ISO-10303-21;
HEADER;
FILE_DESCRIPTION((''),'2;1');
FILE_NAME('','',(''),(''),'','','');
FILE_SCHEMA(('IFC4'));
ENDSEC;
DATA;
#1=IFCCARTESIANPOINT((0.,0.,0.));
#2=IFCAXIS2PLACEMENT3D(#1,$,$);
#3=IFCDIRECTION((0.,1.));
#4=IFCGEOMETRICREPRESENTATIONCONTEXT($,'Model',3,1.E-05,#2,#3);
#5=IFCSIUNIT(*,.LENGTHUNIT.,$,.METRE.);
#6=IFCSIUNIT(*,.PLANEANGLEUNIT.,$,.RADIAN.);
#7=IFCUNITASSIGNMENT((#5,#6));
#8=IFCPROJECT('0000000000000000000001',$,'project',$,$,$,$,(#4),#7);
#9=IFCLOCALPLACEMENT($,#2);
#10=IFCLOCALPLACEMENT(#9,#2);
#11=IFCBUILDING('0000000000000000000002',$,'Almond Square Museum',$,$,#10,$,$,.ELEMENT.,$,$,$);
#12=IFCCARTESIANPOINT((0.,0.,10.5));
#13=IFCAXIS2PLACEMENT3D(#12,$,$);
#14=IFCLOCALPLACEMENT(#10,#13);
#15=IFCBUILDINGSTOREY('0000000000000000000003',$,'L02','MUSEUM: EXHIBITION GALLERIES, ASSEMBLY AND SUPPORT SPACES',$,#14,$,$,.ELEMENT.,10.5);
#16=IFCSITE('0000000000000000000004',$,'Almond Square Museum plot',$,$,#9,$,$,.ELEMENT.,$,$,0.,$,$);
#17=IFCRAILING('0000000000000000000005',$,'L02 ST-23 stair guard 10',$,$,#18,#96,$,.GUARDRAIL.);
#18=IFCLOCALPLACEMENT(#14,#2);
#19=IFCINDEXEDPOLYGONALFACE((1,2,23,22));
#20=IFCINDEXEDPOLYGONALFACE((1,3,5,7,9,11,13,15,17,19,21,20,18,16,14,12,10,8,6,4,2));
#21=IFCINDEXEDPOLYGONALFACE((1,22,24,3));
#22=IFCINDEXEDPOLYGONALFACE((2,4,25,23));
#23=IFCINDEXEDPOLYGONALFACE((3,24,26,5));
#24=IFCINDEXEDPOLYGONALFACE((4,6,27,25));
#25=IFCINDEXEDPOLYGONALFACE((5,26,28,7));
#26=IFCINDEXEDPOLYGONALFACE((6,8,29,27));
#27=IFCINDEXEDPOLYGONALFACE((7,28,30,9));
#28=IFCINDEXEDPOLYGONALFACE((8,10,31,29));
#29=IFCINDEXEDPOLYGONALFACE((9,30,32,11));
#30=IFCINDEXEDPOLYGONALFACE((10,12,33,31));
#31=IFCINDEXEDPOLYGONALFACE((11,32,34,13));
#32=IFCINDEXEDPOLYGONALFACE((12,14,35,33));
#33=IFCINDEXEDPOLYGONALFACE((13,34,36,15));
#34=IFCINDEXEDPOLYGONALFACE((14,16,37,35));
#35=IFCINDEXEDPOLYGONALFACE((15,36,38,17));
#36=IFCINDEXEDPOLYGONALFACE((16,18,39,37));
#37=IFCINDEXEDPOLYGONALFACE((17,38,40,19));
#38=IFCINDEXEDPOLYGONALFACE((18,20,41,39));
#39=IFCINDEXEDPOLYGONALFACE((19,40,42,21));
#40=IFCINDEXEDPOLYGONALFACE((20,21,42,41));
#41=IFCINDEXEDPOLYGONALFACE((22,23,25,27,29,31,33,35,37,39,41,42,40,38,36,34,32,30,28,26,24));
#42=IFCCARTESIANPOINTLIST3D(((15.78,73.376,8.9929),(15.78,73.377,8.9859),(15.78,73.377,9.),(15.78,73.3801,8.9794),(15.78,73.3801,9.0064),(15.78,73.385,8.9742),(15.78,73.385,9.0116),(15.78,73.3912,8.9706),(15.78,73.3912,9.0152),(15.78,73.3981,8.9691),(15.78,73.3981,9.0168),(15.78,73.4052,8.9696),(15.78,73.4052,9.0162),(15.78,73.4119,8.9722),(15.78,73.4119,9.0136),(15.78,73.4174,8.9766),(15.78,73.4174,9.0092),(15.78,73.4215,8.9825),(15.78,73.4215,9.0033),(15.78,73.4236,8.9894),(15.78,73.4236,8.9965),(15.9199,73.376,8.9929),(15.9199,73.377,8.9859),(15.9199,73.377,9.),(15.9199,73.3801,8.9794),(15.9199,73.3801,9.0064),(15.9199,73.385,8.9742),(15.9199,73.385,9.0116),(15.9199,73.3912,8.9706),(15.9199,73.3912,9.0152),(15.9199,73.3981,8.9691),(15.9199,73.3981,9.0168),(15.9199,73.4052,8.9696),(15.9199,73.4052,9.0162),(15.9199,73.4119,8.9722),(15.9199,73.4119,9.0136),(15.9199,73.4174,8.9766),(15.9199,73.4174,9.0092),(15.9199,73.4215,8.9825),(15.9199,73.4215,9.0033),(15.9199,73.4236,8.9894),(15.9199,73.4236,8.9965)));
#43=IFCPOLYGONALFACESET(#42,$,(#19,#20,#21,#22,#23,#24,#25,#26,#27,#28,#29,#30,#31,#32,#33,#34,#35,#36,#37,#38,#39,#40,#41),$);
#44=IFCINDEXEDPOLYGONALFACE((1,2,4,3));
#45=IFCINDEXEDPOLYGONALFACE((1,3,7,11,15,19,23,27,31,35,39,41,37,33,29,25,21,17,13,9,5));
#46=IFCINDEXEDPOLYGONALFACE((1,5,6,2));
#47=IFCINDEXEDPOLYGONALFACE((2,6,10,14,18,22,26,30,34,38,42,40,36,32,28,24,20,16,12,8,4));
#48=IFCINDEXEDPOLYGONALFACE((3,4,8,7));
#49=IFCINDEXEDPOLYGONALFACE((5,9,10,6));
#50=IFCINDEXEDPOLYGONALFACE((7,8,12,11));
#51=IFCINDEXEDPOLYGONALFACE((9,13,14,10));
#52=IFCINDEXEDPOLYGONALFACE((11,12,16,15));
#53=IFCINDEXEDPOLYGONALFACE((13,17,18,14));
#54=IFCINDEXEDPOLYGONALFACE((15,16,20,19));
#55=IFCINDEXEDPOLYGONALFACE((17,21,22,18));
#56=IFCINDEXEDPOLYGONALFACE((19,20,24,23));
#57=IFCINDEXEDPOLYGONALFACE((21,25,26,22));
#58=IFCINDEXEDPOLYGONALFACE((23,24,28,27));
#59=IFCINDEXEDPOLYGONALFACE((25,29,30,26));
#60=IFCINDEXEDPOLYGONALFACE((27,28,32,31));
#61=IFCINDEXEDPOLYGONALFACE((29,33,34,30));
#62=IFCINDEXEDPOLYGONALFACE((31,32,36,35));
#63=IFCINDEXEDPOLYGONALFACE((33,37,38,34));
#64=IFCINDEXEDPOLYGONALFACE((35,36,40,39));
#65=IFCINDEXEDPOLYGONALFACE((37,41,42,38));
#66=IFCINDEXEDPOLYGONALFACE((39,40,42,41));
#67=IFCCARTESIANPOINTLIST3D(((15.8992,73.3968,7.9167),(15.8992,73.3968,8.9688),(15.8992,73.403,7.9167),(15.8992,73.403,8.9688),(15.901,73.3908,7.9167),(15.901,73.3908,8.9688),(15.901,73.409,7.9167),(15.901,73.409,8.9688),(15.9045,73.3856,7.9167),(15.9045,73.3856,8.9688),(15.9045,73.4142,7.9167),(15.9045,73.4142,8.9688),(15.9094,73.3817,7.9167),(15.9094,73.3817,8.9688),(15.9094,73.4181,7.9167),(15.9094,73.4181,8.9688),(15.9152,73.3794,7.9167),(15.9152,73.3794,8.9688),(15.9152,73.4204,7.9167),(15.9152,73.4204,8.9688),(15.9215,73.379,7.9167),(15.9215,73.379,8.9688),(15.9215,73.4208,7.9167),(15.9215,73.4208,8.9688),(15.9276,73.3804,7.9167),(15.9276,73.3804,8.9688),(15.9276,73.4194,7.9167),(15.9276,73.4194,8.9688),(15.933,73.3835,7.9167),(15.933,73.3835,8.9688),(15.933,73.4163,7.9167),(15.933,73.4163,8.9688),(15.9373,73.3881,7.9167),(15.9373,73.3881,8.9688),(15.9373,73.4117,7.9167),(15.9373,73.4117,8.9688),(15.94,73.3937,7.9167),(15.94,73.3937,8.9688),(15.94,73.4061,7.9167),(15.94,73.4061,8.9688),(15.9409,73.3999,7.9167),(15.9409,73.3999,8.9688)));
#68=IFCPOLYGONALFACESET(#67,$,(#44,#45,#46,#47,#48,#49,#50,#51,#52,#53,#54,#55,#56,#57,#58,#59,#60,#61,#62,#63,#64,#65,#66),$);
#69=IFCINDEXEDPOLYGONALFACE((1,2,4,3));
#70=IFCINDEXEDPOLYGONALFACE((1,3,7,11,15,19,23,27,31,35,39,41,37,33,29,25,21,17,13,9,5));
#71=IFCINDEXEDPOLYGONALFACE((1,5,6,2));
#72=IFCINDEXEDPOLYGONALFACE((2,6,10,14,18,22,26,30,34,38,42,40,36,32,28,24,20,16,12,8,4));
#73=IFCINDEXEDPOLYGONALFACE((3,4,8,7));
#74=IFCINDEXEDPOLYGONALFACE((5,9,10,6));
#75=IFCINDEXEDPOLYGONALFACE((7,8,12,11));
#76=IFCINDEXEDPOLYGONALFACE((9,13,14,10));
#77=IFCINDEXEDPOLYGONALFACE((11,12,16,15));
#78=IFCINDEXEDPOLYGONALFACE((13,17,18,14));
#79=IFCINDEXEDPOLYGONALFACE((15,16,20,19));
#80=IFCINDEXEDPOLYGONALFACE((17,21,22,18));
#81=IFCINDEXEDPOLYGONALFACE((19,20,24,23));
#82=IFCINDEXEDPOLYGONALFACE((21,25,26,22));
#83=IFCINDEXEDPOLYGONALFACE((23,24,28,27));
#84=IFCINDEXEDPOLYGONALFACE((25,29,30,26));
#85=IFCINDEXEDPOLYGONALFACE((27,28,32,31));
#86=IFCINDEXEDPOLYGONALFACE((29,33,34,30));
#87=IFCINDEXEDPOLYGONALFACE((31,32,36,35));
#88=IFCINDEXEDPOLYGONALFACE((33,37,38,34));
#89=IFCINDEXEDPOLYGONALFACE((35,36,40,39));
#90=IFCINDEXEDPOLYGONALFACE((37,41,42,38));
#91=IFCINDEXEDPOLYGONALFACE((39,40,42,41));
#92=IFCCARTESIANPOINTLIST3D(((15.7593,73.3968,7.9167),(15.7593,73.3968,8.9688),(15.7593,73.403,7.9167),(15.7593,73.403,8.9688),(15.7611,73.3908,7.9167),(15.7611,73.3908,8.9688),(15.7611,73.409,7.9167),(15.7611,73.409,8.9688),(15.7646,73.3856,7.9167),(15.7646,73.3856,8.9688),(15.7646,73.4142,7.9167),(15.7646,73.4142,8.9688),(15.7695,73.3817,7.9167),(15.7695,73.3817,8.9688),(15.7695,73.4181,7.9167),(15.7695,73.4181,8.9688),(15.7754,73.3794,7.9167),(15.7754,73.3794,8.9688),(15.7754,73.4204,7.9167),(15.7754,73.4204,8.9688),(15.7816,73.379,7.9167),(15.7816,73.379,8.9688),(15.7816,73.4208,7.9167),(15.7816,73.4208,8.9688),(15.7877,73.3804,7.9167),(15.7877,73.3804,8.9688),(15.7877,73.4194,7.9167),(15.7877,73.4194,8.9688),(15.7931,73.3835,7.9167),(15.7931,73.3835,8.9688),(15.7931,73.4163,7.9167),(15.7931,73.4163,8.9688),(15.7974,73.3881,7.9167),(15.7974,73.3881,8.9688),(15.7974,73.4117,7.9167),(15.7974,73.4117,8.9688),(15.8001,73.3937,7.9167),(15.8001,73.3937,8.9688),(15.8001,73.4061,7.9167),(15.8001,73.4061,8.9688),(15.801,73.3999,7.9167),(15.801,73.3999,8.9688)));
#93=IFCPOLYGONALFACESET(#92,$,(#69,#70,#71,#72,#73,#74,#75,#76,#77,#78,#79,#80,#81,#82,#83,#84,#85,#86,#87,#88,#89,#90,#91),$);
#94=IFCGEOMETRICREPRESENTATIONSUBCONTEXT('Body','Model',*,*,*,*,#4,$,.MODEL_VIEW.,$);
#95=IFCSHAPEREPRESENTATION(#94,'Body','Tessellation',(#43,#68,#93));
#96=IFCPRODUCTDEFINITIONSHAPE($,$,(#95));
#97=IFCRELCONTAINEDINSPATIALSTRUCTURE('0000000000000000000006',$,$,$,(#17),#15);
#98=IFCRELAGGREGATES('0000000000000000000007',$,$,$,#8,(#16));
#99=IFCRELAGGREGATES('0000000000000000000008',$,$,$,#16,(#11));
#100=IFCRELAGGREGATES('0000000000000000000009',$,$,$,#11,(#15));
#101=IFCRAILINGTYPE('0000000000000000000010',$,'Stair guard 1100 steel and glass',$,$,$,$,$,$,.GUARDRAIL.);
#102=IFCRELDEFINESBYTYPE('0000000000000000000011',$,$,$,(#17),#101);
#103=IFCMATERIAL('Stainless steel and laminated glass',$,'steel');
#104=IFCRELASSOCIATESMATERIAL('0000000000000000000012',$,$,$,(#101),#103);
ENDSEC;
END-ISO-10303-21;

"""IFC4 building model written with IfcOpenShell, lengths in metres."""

from ifc_helpers import new_model, si_unit, direction, frame, origin, origin_2d, place, context, subcontext, project, spatial, circle, extrude, material, type_object, element, save


model = new_model("IFC4")

# Units and contexts
model_context = context("Model", 3, precision=1e-05, world=origin(), true_north=direction((0.0, 1.0)))
body_context = subcontext(model_context, "Body", "Model", "MODEL_VIEW")
ifc_project = project(units=[si_unit("LENGTHUNIT", "METRE"), si_unit("PLANEANGLEUNIT", "RADIAN")], contexts=[model_context])

# Site, building, storey
site_placement = place(None, origin())
site = spatial("IfcSite", under=ifc_project, at=site_placement, Name="Almond Square Museum plot", CompositionType="ELEMENT", RefElevation=0.0)
building_placement = place(site_placement, origin())
building = spatial("IfcBuilding", under=site, at=building_placement, Name="Almond Square Museum", CompositionType="ELEMENT")
storey_placement = place(building_placement, frame((0.0, 0.0, 10.5)))
storey = spatial("IfcBuildingStorey", under=building, at=storey_placement, Name="L02", Description="MUSEUM: EXHIBITION GALLERIES, ASSEMBLY AND SUPPORT SPACES", CompositionType="ELEMENT", Elevation=10.5)

# Railing
ifc_material_1 = material(Name="Stainless steel and laminated glass", Category="steel")
railing_type_1 = type_object("IfcRailingType", Name="Stair guard 1100 steel and glass", PredefinedType="GUARDRAIL", material=ifc_material_1)
railing_1_placement = place(storey_placement, frame((15.9199, 73.3999, 7.9167)))
element("IfcRailing", 1, at=railing_1_placement, inside=storey, type_object=railing_type_1, Name="L02 ST-23 stair guard 10", PredefinedType="GUARDRAIL", context=body_context, shape_type="SweptSolid", body=[
    extrude(circle(Radius=0.0239, at=origin_2d()), frame((0.0, 0.0, 1.0762), z_axis=(-1.0, 0.0, 0.0), x_axis=(0.0, -1.0, 0.0)), (0.0, 0.0, 1.0), 0.1399),
    extrude(circle(Radius=0.021, at=origin_2d()), origin(), (0.0, 0.0, 1.0), 1.052),
    extrude(circle(Radius=0.021, at=origin_2d()), frame((-0.1399, 0.0, 0.0)), (0.0, 0.0, 1.0), 1.052),
])

save(model, "model.ifc")
